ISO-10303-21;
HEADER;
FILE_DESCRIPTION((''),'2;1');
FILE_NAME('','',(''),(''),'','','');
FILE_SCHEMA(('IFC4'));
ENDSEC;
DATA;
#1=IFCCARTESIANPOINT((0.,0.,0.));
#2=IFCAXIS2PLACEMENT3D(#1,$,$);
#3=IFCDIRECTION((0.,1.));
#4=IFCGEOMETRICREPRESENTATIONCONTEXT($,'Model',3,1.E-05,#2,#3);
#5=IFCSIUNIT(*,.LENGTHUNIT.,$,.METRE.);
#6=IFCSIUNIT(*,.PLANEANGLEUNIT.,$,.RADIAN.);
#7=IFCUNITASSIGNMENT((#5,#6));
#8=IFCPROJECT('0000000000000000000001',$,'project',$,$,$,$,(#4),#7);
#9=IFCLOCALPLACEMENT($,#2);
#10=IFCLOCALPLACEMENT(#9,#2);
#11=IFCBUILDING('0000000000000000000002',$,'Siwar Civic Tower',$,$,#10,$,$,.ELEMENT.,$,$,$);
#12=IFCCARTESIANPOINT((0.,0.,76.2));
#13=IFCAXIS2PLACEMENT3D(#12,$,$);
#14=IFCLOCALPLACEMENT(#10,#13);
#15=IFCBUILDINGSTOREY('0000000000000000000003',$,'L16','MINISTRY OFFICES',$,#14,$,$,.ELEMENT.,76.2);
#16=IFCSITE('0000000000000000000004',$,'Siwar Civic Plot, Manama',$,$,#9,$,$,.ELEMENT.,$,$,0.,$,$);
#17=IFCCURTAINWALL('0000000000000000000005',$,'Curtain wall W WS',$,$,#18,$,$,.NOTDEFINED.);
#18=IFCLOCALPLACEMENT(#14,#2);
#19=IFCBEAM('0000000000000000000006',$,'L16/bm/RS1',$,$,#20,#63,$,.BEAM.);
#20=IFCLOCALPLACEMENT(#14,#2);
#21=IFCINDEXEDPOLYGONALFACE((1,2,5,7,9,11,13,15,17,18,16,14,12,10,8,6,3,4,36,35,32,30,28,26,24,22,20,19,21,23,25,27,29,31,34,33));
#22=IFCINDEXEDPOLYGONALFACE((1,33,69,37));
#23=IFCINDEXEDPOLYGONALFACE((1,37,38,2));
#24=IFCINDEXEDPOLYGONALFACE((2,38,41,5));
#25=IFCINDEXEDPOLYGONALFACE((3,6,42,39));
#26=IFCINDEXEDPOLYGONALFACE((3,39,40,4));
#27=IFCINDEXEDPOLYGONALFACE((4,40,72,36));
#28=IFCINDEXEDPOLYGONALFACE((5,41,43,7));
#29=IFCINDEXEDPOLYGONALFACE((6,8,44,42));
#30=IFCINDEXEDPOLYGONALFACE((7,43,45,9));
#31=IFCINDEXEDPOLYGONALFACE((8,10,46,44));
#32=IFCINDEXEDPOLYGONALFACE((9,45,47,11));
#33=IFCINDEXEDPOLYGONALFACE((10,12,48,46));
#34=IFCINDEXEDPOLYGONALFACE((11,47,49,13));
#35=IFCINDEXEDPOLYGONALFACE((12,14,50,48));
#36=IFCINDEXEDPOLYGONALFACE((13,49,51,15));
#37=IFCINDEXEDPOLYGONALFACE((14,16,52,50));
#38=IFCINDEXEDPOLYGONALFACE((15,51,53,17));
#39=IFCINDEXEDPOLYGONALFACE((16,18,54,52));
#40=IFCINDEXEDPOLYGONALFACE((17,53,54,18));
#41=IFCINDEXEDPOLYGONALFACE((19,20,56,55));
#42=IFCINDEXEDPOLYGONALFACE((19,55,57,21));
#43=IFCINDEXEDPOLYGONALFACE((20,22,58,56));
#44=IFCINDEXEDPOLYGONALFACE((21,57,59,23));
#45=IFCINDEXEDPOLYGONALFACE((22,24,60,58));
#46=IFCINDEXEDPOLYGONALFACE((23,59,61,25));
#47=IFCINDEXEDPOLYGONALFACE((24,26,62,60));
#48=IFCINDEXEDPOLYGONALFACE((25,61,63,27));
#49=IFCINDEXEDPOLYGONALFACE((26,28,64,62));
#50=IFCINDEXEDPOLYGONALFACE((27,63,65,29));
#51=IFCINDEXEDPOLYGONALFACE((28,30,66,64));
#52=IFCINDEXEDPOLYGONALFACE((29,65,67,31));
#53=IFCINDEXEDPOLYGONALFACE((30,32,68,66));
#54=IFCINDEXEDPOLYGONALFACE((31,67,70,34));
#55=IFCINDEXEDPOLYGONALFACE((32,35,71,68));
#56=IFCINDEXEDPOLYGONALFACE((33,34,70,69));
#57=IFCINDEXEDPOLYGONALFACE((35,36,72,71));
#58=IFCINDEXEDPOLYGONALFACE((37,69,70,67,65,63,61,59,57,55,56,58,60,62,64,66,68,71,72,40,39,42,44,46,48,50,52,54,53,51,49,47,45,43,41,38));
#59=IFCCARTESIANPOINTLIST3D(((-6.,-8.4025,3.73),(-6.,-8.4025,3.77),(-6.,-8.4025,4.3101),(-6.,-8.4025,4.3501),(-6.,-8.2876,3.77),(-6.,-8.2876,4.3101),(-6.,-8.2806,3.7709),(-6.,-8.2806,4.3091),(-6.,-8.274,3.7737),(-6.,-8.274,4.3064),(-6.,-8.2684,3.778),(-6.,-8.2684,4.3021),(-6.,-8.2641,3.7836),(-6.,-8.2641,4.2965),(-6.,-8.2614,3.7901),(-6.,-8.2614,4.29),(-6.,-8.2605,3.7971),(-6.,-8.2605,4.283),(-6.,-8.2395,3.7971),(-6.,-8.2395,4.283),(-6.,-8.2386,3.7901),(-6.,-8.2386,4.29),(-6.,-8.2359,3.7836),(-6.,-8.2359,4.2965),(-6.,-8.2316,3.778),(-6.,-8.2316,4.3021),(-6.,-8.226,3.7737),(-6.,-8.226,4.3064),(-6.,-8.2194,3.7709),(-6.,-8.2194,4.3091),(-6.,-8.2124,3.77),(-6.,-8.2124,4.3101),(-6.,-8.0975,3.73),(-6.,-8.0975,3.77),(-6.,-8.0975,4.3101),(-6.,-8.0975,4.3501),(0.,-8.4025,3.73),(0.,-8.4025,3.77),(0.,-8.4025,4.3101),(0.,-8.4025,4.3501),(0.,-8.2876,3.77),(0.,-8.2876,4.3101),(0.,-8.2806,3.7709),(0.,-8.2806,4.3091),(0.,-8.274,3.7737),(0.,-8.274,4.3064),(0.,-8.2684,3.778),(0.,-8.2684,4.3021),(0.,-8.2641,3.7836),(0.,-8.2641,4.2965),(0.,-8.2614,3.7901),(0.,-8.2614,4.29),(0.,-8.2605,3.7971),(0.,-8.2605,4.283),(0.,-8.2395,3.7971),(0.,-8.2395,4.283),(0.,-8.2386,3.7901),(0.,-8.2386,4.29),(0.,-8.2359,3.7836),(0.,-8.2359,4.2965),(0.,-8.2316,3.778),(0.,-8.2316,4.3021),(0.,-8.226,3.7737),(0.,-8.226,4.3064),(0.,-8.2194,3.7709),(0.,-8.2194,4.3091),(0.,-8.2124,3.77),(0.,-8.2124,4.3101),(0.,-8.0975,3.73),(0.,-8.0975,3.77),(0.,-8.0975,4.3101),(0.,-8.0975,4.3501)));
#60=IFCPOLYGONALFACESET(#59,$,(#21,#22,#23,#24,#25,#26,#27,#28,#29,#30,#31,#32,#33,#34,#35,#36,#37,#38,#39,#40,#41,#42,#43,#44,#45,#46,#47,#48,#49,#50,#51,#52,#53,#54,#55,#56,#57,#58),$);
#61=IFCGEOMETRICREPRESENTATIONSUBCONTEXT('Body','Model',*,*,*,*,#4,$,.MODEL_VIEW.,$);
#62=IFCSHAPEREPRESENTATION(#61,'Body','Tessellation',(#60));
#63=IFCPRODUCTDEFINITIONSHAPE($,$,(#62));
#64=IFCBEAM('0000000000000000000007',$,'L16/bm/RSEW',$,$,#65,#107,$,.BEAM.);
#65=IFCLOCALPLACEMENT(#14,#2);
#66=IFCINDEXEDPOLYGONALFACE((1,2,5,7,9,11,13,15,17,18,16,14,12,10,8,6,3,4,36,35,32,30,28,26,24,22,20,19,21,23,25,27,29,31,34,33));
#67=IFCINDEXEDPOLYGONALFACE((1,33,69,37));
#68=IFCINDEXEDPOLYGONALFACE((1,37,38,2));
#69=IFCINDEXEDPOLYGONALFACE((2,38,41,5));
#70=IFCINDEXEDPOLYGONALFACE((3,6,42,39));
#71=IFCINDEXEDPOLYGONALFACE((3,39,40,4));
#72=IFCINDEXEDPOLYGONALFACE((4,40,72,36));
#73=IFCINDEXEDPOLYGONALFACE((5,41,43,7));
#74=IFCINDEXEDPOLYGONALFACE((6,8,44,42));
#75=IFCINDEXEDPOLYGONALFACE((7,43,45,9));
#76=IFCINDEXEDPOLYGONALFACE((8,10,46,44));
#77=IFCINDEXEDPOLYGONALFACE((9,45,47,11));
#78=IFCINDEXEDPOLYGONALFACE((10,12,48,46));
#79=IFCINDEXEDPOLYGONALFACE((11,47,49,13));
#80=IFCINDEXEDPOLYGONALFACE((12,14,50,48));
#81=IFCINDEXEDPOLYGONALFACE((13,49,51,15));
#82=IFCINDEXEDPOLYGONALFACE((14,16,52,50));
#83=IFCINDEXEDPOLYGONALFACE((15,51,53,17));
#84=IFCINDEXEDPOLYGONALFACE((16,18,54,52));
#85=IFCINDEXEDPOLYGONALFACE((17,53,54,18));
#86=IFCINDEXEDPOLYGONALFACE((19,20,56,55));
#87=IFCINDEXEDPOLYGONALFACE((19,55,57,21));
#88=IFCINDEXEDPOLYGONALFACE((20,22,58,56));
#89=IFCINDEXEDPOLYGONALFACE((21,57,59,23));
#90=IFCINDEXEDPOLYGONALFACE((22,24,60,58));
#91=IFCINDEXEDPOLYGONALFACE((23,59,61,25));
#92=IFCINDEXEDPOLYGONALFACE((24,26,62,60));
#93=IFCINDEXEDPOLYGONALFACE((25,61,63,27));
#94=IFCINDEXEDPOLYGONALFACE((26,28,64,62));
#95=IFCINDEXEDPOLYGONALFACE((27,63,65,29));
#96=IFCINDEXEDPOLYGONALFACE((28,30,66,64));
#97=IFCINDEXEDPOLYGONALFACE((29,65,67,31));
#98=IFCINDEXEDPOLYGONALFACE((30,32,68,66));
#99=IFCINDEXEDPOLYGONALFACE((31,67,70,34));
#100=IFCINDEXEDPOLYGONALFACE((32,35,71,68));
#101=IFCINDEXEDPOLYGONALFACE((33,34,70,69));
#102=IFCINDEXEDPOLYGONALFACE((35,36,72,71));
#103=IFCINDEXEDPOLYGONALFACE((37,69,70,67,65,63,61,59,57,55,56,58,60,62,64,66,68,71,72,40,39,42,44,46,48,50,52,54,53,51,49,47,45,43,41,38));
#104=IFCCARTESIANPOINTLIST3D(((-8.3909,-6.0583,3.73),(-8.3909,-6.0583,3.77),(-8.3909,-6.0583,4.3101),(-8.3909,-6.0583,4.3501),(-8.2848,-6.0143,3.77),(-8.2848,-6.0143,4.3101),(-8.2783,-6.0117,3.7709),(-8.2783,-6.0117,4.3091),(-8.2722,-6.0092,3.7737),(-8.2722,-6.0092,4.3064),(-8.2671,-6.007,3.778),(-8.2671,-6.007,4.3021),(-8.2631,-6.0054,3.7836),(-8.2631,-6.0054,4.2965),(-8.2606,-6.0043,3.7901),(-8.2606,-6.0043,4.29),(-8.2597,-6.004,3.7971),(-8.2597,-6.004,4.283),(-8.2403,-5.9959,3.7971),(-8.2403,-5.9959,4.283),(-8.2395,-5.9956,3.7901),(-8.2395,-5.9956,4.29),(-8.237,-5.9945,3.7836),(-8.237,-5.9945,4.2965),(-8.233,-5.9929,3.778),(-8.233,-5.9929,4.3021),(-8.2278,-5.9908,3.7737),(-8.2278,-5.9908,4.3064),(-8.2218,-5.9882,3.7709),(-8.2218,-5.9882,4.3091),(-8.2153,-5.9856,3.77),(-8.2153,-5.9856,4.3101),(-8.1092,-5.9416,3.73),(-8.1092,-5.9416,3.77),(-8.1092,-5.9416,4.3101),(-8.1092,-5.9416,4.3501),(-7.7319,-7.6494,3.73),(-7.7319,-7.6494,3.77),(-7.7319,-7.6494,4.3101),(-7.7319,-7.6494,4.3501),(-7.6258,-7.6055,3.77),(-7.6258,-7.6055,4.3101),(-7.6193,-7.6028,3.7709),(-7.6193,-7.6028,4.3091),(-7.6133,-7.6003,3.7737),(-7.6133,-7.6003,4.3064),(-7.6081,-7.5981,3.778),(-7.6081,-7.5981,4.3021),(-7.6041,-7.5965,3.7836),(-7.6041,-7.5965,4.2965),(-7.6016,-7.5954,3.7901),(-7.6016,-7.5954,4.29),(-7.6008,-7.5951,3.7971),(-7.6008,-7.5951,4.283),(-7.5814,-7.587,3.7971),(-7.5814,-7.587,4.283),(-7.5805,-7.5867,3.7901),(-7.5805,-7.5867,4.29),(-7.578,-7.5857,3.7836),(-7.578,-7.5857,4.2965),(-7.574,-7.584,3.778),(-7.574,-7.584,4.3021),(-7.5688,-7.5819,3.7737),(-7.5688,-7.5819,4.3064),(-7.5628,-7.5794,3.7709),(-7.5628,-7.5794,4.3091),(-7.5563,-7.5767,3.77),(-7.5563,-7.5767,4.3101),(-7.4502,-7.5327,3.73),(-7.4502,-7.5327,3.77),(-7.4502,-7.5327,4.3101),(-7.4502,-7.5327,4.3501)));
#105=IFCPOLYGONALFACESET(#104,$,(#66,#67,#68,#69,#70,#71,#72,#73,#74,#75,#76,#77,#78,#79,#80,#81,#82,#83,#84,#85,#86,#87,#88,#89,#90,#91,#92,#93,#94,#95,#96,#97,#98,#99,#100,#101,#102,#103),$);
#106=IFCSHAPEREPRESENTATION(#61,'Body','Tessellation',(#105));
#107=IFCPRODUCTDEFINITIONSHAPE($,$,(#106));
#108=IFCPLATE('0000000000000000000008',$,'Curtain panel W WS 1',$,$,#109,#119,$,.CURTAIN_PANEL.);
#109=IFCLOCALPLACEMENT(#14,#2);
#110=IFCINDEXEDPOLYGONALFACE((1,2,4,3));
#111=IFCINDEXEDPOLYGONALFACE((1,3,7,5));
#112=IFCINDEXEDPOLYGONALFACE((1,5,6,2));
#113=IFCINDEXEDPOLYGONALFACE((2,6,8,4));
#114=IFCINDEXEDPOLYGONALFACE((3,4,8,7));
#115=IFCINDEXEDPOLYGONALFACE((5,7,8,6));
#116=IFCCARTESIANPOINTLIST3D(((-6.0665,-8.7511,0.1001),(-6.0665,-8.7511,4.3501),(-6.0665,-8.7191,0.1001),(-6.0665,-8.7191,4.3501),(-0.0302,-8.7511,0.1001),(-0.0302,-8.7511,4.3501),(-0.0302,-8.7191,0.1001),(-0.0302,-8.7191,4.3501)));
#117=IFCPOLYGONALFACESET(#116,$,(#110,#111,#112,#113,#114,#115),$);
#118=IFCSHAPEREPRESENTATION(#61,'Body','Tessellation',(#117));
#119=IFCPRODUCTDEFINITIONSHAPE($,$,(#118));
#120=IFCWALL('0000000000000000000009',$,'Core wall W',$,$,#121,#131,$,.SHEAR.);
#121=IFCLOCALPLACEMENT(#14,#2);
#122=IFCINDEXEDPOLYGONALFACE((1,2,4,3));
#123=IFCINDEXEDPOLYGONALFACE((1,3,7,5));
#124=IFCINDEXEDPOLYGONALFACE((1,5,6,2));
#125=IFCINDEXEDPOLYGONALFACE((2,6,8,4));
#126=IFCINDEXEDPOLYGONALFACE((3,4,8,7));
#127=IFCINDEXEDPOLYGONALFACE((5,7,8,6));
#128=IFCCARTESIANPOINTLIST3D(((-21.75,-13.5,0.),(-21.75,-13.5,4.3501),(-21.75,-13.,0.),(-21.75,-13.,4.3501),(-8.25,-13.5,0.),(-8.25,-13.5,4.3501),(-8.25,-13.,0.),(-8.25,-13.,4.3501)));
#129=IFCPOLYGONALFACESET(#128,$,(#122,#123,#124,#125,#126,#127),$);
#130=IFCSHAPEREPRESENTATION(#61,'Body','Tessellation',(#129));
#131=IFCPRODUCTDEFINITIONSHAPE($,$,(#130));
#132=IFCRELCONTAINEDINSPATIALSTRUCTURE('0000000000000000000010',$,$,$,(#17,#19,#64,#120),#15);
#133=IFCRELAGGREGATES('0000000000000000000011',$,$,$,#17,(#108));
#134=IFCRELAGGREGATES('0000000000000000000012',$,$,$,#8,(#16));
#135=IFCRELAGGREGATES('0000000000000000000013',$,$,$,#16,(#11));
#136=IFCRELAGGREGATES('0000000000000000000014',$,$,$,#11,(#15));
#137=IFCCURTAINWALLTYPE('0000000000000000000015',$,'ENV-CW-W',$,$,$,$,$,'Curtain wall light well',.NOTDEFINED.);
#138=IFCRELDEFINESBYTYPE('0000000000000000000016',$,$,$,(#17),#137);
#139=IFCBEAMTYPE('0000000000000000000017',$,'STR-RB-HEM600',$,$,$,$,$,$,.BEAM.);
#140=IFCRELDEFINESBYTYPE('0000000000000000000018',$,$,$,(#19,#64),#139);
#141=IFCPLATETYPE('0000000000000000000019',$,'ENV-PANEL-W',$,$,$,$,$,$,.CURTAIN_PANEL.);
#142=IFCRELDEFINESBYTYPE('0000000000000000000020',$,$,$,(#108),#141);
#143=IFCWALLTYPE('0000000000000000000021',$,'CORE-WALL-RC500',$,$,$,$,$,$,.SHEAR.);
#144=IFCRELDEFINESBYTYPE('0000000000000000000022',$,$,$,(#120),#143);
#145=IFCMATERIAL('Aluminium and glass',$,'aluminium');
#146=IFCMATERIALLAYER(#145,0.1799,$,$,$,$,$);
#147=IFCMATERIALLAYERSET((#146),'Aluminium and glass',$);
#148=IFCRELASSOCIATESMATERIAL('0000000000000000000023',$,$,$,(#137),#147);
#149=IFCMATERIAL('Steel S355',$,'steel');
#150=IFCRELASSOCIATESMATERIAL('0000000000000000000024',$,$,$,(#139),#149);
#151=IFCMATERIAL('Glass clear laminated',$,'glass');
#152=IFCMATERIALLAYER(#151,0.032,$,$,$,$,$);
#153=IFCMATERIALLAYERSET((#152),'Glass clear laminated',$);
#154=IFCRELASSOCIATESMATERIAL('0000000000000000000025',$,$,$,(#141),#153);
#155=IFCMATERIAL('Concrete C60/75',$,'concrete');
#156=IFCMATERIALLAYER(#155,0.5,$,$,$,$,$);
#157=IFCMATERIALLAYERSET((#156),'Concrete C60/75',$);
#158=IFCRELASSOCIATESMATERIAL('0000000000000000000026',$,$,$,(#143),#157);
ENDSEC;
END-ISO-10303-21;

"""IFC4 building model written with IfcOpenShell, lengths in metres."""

from ifc_helpers import new_model, si_unit, direction, frame, frame_2d, origin, origin_2d, place, context, subcontext, project, spatial, rectangle, i_section, extrude, material, layer, layer_set, material_profile, profile_set, type_object, element, aggregate, save


model = new_model("IFC4")

# Units and contexts
model_context = context("Model", 3, precision=1e-05, world=origin(), true_north=direction((0.0, 1.0)))
body_context = subcontext(model_context, "Body", "Model", "MODEL_VIEW")
ifc_project = project(units=[si_unit("LENGTHUNIT", "METRE"), si_unit("PLANEANGLEUNIT", "RADIAN")], contexts=[model_context])

# Site, building, storey
site_placement = place(None, origin())
site = spatial("IfcSite", under=ifc_project, at=site_placement, Name="Siwar Civic Plot, Manama", CompositionType="ELEMENT", RefElevation=0.0)
building_placement = place(site_placement, origin())
building = spatial("IfcBuilding", under=site, at=building_placement, Name="Siwar Civic Tower", CompositionType="ELEMENT")
storey_placement = place(building_placement, frame((0.0, 0.0, 76.2)))
storey = spatial("IfcBuildingStorey", under=building, at=storey_placement, Name="L16", Description="MINISTRY OFFICES", CompositionType="ELEMENT", Elevation=76.2)

# Curtain wall
ifc_material_1 = material(Name="Aluminium and glass", Category="aluminium")
ifc_layer_1 = layer(ifc_material_1, 0.1799)
ifc_layer_set_1 = layer_set([ifc_layer_1], Name="Aluminium and glass")
curtain_wall_type = type_object("IfcCurtainWallType", Name="ENV-CW-W", ElementType="Curtain wall light well", PredefinedType="NOTDEFINED", material=ifc_layer_set_1)
curtain_wall_placement = place(storey_placement, origin())
curtain_wall = element("IfcCurtainWall", 1, at=curtain_wall_placement, inside=storey, type_object=curtain_wall_type, Name="Curtain wall W WS", PredefinedType="NOTDEFINED")

# Beams
ifc_material_2 = material(Name="Steel S355", Category="steel")
ifc_material_profile_1 = material_profile(ifc_material_2, i_section(OverallWidth=0.3049, OverallDepth=0.6201, WebThickness=0.021, FlangeThickness=0.04, FilletRadius=0.0271, at=origin_2d()), Name="HEM600")
ifc_profile_set_1 = profile_set([ifc_material_profile_1], Name="Steel S355")
beam_type_1 = type_object("IfcBeamType", Name="STR-RB-HEM600", PredefinedType="BEAM", material=ifc_profile_set_1)
beam_1_placement = place(storey_placement, frame((-6.0, -8.25, 4.04), z_axis=(1.0, 0.0, 0.0), x_axis=(0.0, 1.0, 0.0)))
element("IfcBeam", 2, at=beam_1_placement, inside=storey, type_object=beam_type_1, Name="L16/bm/RS1", PredefinedType="BEAM", context=body_context, shape_type="SweptSolid", body=[
    extrude(i_section(OverallWidth=0.3049, OverallDepth=0.6201, WebThickness=0.021, FlangeThickness=0.04, FilletRadius=0.0271, at=origin_2d()), origin(), (0.0, 0.0, 1.0), 6.0),
])
beam_2_placement = place(storey_placement, frame((-7.5911, -7.5911, 4.04), z_axis=(-0.382631, 0.923901, 0.0), x_axis=(-0.923901, -0.382631, 0.0)))
element("IfcBeam", 3, at=beam_2_placement, inside=storey, type_object=beam_type_1, Name="L16/bm/RSEW", PredefinedType="BEAM", context=body_context, shape_type="SweptSolid", body=[
    extrude(i_section(OverallWidth=0.3049, OverallDepth=0.6201, WebThickness=0.021, FlangeThickness=0.04, FilletRadius=0.0271, at=origin_2d()), origin(), (0.0, 0.0, 1.0), 1.7222),
])

# Plate
ifc_material_3 = material(Name="Glass clear laminated", Category="glass")
ifc_layer_2 = layer(ifc_material_3, 0.032)
ifc_layer_set_2 = layer_set([ifc_layer_2], Name="Glass clear laminated")
plate_type = type_object("IfcPlateType", Name="ENV-PANEL-W", PredefinedType="CURTAIN_PANEL", material=ifc_layer_set_2)
plate_placement = place(storey_placement, frame((-3.0483, -8.7351, 0.1001), z_axis=(0.0, 0.0, 1.0), x_axis=(1.0, 0.0, 0.0)))
plate = element("IfcPlate", 4, at=plate_placement, type_object=plate_type, Name="Curtain panel W WS 1", PredefinedType="CURTAIN_PANEL", context=body_context, shape_type="SweptSolid", body=[
    extrude(rectangle(XDim=6.0364, YDim=0.032, at=origin_2d()), origin(), (0.0, 0.0, 1.0), 4.25),
])
aggregate(curtain_wall, [plate])

# Wall
ifc_material_4 = material(Name="Concrete C60/75", Category="concrete")
ifc_layer_3 = layer(ifc_material_4, 0.5)
ifc_layer_set_3 = layer_set([ifc_layer_3], Name="Concrete C60/75")
wall_type_1 = type_object("IfcWallType", Name="CORE-WALL-RC500", PredefinedType="SHEAR", material=ifc_layer_set_3)
wall_1_placement = place(storey_placement, frame((-8.25, -13.25, 0.0), z_axis=(0.0, 0.0, 1.0), x_axis=(-1.0, 0.0, 0.0)))
element("IfcWall", 5, at=wall_1_placement, inside=storey, type_object=wall_type_1, Name="Core wall W", PredefinedType="SHEAR", context=body_context, shape_type="SweptSolid", body=[
    extrude(rectangle(XDim=13.5, YDim=0.5, at=frame_2d((6.75, 0.0))), origin(), (0.0, 0.0, 1.0), 4.3501),
])

save(model, "model.ifc")
